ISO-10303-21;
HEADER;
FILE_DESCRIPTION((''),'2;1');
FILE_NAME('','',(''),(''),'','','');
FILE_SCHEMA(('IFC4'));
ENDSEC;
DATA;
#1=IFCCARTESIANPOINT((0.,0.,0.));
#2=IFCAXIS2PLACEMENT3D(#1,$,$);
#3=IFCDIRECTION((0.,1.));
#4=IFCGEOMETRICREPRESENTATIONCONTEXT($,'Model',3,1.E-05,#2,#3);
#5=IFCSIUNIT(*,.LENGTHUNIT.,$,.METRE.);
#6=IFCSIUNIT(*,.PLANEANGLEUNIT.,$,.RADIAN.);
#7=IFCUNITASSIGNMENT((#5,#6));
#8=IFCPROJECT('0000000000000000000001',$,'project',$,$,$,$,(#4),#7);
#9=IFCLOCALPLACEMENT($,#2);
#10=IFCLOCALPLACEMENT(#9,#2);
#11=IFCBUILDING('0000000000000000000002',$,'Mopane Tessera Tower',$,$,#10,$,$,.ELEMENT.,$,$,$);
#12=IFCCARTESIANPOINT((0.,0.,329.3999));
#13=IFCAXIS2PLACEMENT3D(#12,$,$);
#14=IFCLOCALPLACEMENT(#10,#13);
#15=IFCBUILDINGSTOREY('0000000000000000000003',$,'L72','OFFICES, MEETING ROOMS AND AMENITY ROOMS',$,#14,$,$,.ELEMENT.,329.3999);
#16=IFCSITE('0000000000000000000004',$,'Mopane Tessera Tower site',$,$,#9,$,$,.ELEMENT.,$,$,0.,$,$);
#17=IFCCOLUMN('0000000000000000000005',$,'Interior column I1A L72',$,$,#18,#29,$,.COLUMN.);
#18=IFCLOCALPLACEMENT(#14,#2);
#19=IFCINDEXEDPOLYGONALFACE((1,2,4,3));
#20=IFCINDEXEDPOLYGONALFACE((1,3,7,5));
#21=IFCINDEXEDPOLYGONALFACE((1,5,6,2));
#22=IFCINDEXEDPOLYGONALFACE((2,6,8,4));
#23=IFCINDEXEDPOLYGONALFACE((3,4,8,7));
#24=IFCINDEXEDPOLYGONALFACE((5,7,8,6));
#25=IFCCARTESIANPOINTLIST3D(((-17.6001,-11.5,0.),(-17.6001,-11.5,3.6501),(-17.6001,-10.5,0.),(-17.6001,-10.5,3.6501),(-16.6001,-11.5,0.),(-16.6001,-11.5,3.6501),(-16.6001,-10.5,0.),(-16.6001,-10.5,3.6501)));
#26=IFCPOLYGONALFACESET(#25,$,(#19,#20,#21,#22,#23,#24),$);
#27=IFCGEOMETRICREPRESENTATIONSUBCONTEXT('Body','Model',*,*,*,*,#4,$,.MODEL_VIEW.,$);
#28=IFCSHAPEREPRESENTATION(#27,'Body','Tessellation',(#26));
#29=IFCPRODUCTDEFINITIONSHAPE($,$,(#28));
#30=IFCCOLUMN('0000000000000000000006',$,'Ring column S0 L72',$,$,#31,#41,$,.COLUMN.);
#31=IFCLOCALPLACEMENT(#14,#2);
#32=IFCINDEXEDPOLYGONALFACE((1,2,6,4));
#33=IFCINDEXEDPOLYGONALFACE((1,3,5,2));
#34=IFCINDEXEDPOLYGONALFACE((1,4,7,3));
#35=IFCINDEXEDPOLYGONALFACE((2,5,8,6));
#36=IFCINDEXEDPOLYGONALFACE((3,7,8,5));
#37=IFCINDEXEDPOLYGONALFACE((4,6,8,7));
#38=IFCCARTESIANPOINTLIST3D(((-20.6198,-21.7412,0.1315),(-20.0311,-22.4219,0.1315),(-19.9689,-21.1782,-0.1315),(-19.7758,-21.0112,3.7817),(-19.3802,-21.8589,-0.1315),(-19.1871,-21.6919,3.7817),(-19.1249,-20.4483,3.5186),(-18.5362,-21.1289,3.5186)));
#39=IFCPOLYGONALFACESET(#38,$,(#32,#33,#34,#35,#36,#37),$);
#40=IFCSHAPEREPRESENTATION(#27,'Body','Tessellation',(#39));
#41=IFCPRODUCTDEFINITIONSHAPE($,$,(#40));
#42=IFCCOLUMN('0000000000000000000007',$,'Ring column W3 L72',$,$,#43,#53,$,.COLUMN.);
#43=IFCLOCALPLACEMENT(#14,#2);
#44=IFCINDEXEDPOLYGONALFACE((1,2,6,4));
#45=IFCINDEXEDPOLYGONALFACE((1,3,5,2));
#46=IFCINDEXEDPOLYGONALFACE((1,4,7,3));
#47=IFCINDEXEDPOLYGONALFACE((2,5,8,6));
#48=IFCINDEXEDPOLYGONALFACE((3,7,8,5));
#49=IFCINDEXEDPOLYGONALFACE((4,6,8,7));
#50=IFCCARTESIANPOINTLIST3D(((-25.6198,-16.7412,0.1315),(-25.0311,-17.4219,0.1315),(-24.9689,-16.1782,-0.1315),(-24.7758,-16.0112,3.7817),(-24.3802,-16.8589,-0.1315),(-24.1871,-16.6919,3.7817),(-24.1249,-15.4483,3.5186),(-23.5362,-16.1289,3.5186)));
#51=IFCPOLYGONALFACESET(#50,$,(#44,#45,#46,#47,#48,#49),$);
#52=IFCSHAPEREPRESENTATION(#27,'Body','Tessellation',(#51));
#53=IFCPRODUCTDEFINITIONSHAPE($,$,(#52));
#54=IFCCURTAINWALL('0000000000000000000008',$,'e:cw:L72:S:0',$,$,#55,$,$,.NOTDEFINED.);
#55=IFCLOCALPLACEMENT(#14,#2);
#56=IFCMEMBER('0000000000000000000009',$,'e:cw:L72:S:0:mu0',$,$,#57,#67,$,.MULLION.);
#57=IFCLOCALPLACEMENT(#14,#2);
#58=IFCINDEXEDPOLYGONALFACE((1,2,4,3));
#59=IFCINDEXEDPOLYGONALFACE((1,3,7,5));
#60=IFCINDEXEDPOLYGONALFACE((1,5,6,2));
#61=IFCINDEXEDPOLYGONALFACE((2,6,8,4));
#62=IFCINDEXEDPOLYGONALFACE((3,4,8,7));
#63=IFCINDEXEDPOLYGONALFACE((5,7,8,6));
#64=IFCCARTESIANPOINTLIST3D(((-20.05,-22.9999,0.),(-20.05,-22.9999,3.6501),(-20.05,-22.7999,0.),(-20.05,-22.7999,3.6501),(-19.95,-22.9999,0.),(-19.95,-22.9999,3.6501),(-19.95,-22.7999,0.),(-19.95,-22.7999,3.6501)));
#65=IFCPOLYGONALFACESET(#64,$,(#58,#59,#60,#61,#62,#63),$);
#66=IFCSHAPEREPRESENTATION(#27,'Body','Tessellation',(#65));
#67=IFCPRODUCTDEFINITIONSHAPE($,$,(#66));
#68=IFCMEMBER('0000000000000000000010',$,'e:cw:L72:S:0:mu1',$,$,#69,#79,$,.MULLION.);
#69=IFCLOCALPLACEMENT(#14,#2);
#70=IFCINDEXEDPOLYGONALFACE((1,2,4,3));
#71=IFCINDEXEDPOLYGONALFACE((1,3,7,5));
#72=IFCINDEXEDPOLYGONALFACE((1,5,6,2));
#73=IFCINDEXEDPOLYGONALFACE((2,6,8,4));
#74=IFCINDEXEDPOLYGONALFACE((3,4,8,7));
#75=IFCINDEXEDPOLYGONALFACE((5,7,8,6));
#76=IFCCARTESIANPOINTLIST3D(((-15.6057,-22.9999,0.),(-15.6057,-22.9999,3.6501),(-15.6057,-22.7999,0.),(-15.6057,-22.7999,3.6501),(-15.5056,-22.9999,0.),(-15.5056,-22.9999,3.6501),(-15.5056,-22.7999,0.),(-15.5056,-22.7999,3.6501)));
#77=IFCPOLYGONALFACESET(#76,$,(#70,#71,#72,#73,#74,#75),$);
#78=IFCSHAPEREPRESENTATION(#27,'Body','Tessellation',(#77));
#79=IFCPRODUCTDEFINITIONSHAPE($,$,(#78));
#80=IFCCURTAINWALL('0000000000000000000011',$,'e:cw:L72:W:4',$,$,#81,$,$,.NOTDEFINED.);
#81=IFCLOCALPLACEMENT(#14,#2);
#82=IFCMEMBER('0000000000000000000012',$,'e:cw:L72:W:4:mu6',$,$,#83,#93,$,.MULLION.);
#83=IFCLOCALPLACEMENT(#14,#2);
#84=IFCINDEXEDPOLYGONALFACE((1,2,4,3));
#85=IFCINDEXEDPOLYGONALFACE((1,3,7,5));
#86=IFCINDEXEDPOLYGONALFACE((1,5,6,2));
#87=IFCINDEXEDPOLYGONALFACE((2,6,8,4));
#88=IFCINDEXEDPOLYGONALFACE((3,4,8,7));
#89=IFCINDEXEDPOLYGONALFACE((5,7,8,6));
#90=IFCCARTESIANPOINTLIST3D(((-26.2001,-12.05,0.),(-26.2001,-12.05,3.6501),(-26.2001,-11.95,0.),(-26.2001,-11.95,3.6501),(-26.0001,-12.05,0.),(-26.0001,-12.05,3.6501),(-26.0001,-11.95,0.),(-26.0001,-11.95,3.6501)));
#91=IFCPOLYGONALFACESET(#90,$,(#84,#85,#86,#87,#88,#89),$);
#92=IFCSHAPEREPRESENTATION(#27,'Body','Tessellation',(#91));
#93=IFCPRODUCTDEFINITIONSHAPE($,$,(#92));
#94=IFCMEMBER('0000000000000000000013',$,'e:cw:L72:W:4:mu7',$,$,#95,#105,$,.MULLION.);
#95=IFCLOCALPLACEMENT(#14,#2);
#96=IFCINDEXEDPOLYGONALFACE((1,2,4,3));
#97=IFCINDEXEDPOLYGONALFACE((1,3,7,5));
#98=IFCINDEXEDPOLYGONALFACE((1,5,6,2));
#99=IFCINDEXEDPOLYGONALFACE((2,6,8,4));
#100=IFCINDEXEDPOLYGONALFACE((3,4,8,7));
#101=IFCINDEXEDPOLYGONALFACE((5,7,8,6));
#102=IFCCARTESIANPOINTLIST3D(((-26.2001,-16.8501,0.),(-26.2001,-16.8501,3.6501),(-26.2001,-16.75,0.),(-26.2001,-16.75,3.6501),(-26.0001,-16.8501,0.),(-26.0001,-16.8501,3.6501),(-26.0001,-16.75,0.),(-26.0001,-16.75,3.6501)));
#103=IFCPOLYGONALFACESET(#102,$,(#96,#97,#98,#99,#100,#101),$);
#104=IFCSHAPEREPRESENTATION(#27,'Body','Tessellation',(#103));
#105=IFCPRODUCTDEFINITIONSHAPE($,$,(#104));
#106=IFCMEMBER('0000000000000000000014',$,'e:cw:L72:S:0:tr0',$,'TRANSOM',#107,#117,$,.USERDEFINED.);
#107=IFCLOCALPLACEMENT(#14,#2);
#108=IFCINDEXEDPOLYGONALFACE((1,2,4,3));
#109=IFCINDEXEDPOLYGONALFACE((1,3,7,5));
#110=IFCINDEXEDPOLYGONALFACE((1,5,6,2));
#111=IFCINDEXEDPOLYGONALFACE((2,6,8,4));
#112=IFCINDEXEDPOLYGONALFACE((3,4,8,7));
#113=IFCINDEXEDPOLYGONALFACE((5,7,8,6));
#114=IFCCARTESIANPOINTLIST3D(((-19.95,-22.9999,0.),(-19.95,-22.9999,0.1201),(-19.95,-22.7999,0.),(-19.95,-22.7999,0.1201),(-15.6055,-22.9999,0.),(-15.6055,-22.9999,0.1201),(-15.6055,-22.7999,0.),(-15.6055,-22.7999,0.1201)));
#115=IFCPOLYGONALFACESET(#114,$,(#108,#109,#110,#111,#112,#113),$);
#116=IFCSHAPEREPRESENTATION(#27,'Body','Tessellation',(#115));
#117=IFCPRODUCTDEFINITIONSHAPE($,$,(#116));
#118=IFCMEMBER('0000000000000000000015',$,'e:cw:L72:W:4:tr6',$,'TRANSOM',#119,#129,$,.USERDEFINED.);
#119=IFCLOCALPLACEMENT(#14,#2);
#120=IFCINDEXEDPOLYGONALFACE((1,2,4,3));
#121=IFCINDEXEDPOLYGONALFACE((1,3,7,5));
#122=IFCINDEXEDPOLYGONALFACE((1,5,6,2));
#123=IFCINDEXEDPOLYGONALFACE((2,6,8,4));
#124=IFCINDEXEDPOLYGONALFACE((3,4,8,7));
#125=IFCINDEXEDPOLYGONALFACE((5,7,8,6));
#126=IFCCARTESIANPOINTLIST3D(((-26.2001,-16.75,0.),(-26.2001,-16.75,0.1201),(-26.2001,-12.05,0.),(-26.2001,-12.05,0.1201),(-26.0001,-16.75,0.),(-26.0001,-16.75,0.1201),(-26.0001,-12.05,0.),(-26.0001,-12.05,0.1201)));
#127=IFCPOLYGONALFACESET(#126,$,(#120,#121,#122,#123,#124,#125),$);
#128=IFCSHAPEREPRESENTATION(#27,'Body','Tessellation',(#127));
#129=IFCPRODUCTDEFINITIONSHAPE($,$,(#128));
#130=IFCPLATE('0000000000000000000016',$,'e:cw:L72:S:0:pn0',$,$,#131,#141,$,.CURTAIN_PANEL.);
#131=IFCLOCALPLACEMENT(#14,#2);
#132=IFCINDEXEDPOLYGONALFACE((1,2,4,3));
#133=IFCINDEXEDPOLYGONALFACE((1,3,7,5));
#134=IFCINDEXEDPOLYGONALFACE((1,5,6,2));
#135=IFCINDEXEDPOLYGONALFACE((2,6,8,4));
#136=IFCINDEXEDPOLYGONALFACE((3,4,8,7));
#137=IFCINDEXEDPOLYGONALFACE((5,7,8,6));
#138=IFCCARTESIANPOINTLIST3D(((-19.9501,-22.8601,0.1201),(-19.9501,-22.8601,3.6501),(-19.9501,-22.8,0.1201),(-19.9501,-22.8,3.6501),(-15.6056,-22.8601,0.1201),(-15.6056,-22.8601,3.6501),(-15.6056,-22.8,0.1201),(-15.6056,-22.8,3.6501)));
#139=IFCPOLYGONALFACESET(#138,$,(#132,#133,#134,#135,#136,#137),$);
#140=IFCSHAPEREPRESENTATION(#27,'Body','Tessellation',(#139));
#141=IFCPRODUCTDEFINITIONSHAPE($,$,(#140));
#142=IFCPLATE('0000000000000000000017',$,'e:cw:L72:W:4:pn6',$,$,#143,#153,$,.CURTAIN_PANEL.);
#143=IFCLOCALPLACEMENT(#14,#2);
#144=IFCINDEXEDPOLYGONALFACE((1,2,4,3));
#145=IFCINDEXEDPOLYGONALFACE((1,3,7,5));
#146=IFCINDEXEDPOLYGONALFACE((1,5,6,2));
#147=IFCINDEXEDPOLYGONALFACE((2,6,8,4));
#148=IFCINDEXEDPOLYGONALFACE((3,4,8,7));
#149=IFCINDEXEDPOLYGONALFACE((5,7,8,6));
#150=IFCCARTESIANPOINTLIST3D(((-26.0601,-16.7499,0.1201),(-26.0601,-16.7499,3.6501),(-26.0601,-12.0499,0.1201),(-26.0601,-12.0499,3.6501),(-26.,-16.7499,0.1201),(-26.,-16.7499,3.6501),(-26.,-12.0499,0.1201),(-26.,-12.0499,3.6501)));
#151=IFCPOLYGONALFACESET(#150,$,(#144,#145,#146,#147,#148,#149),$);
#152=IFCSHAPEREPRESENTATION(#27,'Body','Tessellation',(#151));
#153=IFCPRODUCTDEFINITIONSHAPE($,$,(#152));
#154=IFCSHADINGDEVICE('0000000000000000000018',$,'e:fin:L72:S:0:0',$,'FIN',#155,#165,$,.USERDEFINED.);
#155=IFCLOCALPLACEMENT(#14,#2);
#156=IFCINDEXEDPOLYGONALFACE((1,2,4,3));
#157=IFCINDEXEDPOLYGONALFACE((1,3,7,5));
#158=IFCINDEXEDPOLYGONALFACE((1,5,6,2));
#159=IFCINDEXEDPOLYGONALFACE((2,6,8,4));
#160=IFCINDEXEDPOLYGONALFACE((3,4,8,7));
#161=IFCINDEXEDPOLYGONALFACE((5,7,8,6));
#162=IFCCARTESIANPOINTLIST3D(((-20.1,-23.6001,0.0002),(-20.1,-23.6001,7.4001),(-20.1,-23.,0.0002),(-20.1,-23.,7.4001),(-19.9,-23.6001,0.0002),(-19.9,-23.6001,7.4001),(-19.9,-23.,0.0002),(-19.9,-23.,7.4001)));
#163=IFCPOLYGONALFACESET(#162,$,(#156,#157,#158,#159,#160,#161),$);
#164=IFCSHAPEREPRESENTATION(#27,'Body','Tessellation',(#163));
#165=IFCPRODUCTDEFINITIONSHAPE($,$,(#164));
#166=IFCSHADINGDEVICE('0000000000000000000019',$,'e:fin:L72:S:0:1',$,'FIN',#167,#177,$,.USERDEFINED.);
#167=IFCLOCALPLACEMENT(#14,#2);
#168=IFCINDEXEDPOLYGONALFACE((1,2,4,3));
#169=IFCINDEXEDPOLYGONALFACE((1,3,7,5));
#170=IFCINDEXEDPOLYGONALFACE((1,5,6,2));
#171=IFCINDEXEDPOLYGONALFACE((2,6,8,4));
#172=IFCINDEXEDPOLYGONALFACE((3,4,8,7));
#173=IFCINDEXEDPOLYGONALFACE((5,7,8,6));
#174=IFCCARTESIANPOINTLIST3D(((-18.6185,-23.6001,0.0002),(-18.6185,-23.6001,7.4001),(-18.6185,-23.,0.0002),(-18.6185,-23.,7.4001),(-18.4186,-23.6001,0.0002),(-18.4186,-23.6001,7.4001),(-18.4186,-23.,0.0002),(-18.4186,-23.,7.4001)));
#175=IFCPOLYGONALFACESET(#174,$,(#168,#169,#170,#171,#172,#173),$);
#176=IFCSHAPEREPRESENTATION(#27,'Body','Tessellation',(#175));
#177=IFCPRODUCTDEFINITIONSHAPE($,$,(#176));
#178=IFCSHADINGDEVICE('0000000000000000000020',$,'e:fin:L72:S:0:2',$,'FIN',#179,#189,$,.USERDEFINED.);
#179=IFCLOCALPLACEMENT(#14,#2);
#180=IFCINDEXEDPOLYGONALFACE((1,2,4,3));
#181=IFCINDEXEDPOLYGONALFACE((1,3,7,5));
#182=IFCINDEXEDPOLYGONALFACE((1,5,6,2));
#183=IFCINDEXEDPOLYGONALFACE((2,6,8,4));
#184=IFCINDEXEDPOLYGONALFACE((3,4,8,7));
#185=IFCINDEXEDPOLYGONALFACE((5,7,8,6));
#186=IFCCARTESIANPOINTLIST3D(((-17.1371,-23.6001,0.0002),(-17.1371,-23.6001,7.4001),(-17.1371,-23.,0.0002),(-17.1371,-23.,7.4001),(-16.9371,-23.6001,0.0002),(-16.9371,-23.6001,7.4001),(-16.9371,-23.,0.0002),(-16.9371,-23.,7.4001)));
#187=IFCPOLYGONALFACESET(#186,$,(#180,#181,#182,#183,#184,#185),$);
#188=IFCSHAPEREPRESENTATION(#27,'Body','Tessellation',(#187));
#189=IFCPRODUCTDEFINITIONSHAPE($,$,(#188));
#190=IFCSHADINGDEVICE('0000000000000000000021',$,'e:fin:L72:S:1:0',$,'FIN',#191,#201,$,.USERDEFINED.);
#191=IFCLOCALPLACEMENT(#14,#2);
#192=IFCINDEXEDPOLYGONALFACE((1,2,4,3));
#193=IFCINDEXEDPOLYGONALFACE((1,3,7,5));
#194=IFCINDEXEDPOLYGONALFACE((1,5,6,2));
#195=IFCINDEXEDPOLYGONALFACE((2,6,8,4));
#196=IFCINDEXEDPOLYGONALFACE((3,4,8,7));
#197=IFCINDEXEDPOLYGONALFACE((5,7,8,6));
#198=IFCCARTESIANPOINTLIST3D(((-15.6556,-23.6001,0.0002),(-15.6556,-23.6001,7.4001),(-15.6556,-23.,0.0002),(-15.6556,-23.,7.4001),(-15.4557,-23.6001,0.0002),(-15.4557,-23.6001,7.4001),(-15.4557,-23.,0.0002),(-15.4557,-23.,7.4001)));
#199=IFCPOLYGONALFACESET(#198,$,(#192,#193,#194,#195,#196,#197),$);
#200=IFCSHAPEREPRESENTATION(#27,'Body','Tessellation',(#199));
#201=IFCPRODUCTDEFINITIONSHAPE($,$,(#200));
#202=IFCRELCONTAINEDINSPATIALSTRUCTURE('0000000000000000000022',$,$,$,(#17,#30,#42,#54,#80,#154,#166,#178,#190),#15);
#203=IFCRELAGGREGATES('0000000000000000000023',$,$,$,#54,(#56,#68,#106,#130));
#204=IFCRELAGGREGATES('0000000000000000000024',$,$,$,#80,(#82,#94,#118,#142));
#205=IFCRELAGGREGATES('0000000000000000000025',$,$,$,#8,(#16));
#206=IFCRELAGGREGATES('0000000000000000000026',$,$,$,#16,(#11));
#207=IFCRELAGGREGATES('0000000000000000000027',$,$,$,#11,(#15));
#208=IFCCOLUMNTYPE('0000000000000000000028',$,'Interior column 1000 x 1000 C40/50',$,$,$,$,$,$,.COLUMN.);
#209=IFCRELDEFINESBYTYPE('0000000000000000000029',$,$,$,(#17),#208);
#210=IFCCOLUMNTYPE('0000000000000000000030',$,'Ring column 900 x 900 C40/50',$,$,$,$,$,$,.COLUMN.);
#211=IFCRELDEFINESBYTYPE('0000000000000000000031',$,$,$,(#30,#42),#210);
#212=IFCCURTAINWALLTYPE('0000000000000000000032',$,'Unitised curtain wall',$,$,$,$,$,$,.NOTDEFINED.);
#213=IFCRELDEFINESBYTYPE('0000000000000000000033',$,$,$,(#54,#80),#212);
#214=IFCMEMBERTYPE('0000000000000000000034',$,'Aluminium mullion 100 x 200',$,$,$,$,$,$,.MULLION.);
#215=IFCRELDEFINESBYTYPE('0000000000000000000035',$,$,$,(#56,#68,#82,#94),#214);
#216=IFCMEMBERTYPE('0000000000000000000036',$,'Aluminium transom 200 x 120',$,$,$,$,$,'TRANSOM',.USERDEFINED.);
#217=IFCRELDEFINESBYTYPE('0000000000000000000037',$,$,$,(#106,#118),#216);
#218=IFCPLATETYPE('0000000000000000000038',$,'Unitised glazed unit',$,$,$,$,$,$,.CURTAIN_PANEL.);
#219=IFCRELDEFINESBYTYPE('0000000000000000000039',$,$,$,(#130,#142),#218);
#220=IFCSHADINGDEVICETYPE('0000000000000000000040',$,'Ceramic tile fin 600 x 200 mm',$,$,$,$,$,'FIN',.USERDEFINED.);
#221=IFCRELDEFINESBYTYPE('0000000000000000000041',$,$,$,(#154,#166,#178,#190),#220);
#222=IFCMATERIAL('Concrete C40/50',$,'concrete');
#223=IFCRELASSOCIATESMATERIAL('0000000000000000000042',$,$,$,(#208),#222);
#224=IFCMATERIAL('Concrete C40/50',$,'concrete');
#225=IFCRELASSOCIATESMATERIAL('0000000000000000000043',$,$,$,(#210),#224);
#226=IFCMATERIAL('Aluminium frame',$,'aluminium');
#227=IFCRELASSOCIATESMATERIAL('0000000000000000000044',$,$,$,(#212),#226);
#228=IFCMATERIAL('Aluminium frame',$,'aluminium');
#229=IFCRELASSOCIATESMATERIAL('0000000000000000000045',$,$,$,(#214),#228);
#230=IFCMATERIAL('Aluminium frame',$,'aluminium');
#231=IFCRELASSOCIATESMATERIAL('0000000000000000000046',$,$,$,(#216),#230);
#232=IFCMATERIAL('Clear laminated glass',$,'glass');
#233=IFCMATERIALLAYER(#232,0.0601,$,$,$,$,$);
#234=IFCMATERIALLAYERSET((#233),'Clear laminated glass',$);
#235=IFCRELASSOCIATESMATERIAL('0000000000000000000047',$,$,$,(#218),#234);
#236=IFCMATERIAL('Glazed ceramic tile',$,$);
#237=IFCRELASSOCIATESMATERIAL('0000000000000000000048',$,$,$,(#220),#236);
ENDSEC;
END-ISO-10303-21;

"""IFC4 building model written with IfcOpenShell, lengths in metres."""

from ifc_helpers import new_model, si_unit, direction, frame, origin, origin_2d, place, context, subcontext, project, spatial, rectangle, extrude, material, layer, layer_set, material_profile, profile_set, type_object, element, aggregate, save


model = new_model("IFC4")

# Units and contexts
model_context = context("Model", 3, precision=1e-05, world=origin(), true_north=direction((0.0, 1.0)))
body_context = subcontext(model_context, "Body", "Model", "MODEL_VIEW")
ifc_project = project(units=[si_unit("LENGTHUNIT", "METRE"), si_unit("PLANEANGLEUNIT", "RADIAN")], contexts=[model_context])

# Site, building, storey
site_placement = place(None, origin())
site = spatial("IfcSite", under=ifc_project, at=site_placement, Name="Mopane Tessera Tower site", CompositionType="ELEMENT", RefElevation=0.0)
building_placement = place(site_placement, origin())
building = spatial("IfcBuilding", under=site, at=building_placement, Name="Mopane Tessera Tower", CompositionType="ELEMENT")
storey_placement = place(building_placement, frame((0.0, 0.0, 329.3999)))
storey = spatial("IfcBuildingStorey", under=building, at=storey_placement, Name="L72", Description="OFFICES, MEETING ROOMS AND AMENITY ROOMS", CompositionType="ELEMENT", Elevation=329.3999)

# Columns
ifc_material_1 = material(Name="Concrete C40/50", Category="concrete")
ifc_material_profile_1 = material_profile(ifc_material_1, rectangle(XDim=1.0, YDim=1.0, at=origin_2d()))
ifc_profile_set_1 = profile_set([ifc_material_profile_1], Name="Concrete C40/50")
column_type_1 = type_object("IfcColumnType", Name="Interior column 1000 x 1000 C40/50", PredefinedType="COLUMN", material=ifc_profile_set_1)
column_placement = place(storey_placement, frame((-17.1001, -11.0, 0.0), z_axis=(0.0, 0.0, 1.0), x_axis=(1.0, 0.0, 0.0)))
element("IfcColumn", 1, at=column_placement, inside=storey, type_object=column_type_1, Name="Interior column I1A L72", PredefinedType="COLUMN", context=body_context, shape_type="SweptSolid", body=[
    extrude(rectangle(XDim=1.0, YDim=1.0, at=origin_2d()), origin(), (0.0, 0.0, 1.0), 3.6501),
])
ifc_material_2 = material(Name="Concrete C40/50", Category="concrete")
ifc_material_profile_2 = material_profile(ifc_material_2, rectangle(XDim=0.8999, YDim=0.8999, at=origin_2d()))
ifc_profile_set_2 = profile_set([ifc_material_profile_2], Name="Concrete C40/50")
column_type_2 = type_object("IfcColumnType", Name="Ring column 900 x 900 C40/50", PredefinedType="COLUMN", material=ifc_profile_set_2)
for number, where, z_axis, x_axis, name in (
    (2, (-20.0, -21.8, 0.0), (0.22112, 0.191249, 0.95631), (-0.654172, 0.756346, 0.0), "Ring column S0 L72"),
    (3, (-25.0, -16.8, 0.0), (0.22112, 0.191249, 0.95631), (-0.654172, 0.756346, 0.0), "Ring column W3 L72"),
):
    element("IfcColumn", number, at=place(storey_placement, frame(where, z_axis=z_axis, x_axis=x_axis)), inside=storey, type_object=column_type_2, Name=name, PredefinedType="COLUMN", context=body_context, shape_type="SweptSolid", body=[
        extrude(rectangle(XDim=0.8999, YDim=0.8999, at=origin_2d()), origin(), (0.0, 0.0, 1.0), 3.8169),
    ])

# Curtain walls, members
ifc_material_3 = material(Name="Aluminium frame", Category="aluminium")
curtain_wall_type = type_object("IfcCurtainWallType", Name="Unitised curtain wall", PredefinedType="NOTDEFINED", material=ifc_material_3)
curtain_wall_1_placement = place(storey_placement, origin())
curtain_wall_1 = element("IfcCurtainWall", 4, at=curtain_wall_1_placement, inside=storey, type_object=curtain_wall_type, Name="e:cw:L72:S:0", PredefinedType="NOTDEFINED")
ifc_material_4 = material(Name="Aluminium frame", Category="aluminium")
ifc_material_profile_3 = material_profile(ifc_material_4, rectangle(XDim=0.1001, YDim=0.2, at=origin_2d()))
ifc_profile_set_3 = profile_set([ifc_material_profile_3], Name="Aluminium frame")
member_type_1 = type_object("IfcMemberType", Name="Aluminium mullion 100 x 200", PredefinedType="MULLION", material=ifc_profile_set_3)
member_1_placement = place(storey_placement, frame((-20.0, -22.8999, 0.0), z_axis=(0.0, 0.0, 1.0), x_axis=(1.0, 0.0, 0.0)))
member_1 = element("IfcMember", 5, at=member_1_placement, type_object=member_type_1, Name="e:cw:L72:S:0:mu0", PredefinedType="MULLION", context=body_context, shape_type="SweptSolid", body=[
    extrude(rectangle(XDim=0.1001, YDim=0.2, at=origin_2d()), origin(), (0.0, 0.0, 1.0), 3.6501),
])
member_2_placement = place(storey_placement, frame((-15.5557, -22.8999, 0.0), z_axis=(0.0, 0.0, 1.0), x_axis=(1.0, 0.0, 0.0)))
member_2 = element("IfcMember", 6, at=member_2_placement, type_object=member_type_1, Name="e:cw:L72:S:0:mu1", PredefinedType="MULLION", context=body_context, shape_type="SweptSolid", body=[
    extrude(rectangle(XDim=0.1001, YDim=0.2, at=origin_2d()), origin(), (0.0, 0.0, 1.0), 3.6501),
])
curtain_wall_2_placement = place(storey_placement, origin())
curtain_wall_2 = element("IfcCurtainWall", 7, at=curtain_wall_2_placement, inside=storey, type_object=curtain_wall_type, Name="e:cw:L72:W:4", PredefinedType="NOTDEFINED")
member_3_placement = place(storey_placement, frame((-26.1001, -12.0, 0.0), z_axis=(0.0, 0.0, 1.0), x_axis=(0.0, -1.0, 0.0)))
member_3 = element("IfcMember", 8, at=member_3_placement, type_object=member_type_1, Name="e:cw:L72:W:4:mu6", PredefinedType="MULLION", context=body_context, shape_type="SweptSolid", body=[
    extrude(rectangle(XDim=0.1001, YDim=0.2, at=origin_2d()), origin(), (0.0, 0.0, 1.0), 3.6501),
])
member_4_placement = place(storey_placement, frame((-26.1001, -16.8, 0.0), z_axis=(0.0, 0.0, 1.0), x_axis=(0.0, -1.0, 0.0)))
member_4 = element("IfcMember", 9, at=member_4_placement, type_object=member_type_1, Name="e:cw:L72:W:4:mu7", PredefinedType="MULLION", context=body_context, shape_type="SweptSolid", body=[
    extrude(rectangle(XDim=0.1001, YDim=0.2, at=origin_2d()), origin(), (0.0, 0.0, 1.0), 3.6501),
])

# Members
ifc_material_5 = material(Name="Aluminium frame", Category="aluminium")
ifc_material_profile_4 = material_profile(ifc_material_5, rectangle(XDim=0.2, YDim=0.1201, at=origin_2d()))
ifc_profile_set_4 = profile_set([ifc_material_profile_4], Name="Aluminium frame")
member_type_2 = type_object("IfcMemberType", Name="Aluminium transom 200 x 120", ElementType="TRANSOM", PredefinedType="USERDEFINED", material=ifc_profile_set_4)
member_5_placement = place(storey_placement, frame((-19.95, -22.8999, 0.0601), z_axis=(1.0, 0.0, 0.0), x_axis=(0.0, 1.0, 0.0)))
member_5 = element("IfcMember", 10, at=member_5_placement, type_object=member_type_2, Name="e:cw:L72:S:0:tr0", ObjectType="TRANSOM", PredefinedType="USERDEFINED", context=body_context, shape_type="SweptSolid", body=[
    extrude(rectangle(XDim=0.2, YDim=0.1201, at=origin_2d()), origin(), (0.0, 0.0, 1.0), 4.3445),
])
member_6_placement = place(storey_placement, frame((-26.1001, -12.05, 0.0601), z_axis=(0.0, -1.0, 0.0), x_axis=(1.0, 0.0, 0.0)))
member_6 = element("IfcMember", 11, at=member_6_placement, type_object=member_type_2, Name="e:cw:L72:W:4:tr6", ObjectType="TRANSOM", PredefinedType="USERDEFINED", context=body_context, shape_type="SweptSolid", body=[
    extrude(rectangle(XDim=0.2, YDim=0.1201, at=origin_2d()), origin(), (0.0, 0.0, 1.0), 4.7),
])

# Plates
ifc_material_6 = material(Name="Clear laminated glass", Category="glass")
ifc_layer = layer(ifc_material_6, 0.0601)
ifc_layer_set = layer_set([ifc_layer], Name="Clear laminated glass")
plate_type = type_object("IfcPlateType", Name="Unitised glazed unit", PredefinedType="CURTAIN_PANEL", material=ifc_layer_set)
plate_1_placement = place(storey_placement, frame((-17.7778, -22.8301, 0.1201), z_axis=(0.0, 0.0, 1.0), x_axis=(1.0, 0.0, 0.0)))
plate_1 = element("IfcPlate", 12, at=plate_1_placement, type_object=plate_type, Name="e:cw:L72:S:0:pn0", PredefinedType="CURTAIN_PANEL", context=body_context, shape_type="SweptSolid", body=[
    extrude(rectangle(XDim=4.3445, YDim=0.0601, at=origin_2d()), origin(), (0.0, 0.0, 1.0), 3.53),
])
aggregate(curtain_wall_1, [member_1, member_2, member_5, plate_1])
plate_2_placement = place(storey_placement, frame((-26.03, -14.3999, 0.1201), z_axis=(0.0, 0.0, 1.0), x_axis=(0.0, -1.0, 0.0)))
plate_2 = element("IfcPlate", 13, at=plate_2_placement, type_object=plate_type, Name="e:cw:L72:W:4:pn6", PredefinedType="CURTAIN_PANEL", context=body_context, shape_type="SweptSolid", body=[
    extrude(rectangle(XDim=4.7, YDim=0.0601, at=origin_2d()), origin(), (0.0, 0.0, 1.0), 3.53),
])
aggregate(curtain_wall_2, [member_3, member_4, member_6, plate_2])

# Shading devices
ifc_material_7 = material(Name="Glazed ceramic tile")
shading_device_type = type_object("IfcShadingDeviceType", Name="Ceramic tile fin 600 x 200 mm", ElementType="FIN", PredefinedType="USERDEFINED", material=ifc_material_7)
for number, where, z_axis, x_axis, name in (
    (14, (-20.0, -23.3, 0.0002), (0.0, 0.0, 1.0), (1.0, 0.0, 0.0), "e:fin:L72:S:0:0"),
    (15, (-18.5186, -23.3, 0.0002), (0.0, 0.0, 1.0), (1.0, 0.0, 0.0), "e:fin:L72:S:0:1"),
    (16, (-17.0371, -23.3, 0.0002), (0.0, 0.0, 1.0), (1.0, 0.0, 0.0), "e:fin:L72:S:0:2"),
    (17, (-15.5557, -23.3, 0.0002), (0.0, 0.0, 1.0), (1.0, 0.0, 0.0), "e:fin:L72:S:1:0"),
):
    element("IfcShadingDevice", number, at=place(storey_placement, frame(where, z_axis=z_axis, x_axis=x_axis)), inside=storey, type_object=shading_device_type, Name=name, ObjectType="FIN", PredefinedType="USERDEFINED", context=body_context, shape_type="SweptSolid", body=[
        extrude(rectangle(XDim=0.2, YDim=0.6001, at=origin_2d()), origin(), (0.0, 0.0, 1.0), 7.3999),
    ])

save(model, "model.ifc")
